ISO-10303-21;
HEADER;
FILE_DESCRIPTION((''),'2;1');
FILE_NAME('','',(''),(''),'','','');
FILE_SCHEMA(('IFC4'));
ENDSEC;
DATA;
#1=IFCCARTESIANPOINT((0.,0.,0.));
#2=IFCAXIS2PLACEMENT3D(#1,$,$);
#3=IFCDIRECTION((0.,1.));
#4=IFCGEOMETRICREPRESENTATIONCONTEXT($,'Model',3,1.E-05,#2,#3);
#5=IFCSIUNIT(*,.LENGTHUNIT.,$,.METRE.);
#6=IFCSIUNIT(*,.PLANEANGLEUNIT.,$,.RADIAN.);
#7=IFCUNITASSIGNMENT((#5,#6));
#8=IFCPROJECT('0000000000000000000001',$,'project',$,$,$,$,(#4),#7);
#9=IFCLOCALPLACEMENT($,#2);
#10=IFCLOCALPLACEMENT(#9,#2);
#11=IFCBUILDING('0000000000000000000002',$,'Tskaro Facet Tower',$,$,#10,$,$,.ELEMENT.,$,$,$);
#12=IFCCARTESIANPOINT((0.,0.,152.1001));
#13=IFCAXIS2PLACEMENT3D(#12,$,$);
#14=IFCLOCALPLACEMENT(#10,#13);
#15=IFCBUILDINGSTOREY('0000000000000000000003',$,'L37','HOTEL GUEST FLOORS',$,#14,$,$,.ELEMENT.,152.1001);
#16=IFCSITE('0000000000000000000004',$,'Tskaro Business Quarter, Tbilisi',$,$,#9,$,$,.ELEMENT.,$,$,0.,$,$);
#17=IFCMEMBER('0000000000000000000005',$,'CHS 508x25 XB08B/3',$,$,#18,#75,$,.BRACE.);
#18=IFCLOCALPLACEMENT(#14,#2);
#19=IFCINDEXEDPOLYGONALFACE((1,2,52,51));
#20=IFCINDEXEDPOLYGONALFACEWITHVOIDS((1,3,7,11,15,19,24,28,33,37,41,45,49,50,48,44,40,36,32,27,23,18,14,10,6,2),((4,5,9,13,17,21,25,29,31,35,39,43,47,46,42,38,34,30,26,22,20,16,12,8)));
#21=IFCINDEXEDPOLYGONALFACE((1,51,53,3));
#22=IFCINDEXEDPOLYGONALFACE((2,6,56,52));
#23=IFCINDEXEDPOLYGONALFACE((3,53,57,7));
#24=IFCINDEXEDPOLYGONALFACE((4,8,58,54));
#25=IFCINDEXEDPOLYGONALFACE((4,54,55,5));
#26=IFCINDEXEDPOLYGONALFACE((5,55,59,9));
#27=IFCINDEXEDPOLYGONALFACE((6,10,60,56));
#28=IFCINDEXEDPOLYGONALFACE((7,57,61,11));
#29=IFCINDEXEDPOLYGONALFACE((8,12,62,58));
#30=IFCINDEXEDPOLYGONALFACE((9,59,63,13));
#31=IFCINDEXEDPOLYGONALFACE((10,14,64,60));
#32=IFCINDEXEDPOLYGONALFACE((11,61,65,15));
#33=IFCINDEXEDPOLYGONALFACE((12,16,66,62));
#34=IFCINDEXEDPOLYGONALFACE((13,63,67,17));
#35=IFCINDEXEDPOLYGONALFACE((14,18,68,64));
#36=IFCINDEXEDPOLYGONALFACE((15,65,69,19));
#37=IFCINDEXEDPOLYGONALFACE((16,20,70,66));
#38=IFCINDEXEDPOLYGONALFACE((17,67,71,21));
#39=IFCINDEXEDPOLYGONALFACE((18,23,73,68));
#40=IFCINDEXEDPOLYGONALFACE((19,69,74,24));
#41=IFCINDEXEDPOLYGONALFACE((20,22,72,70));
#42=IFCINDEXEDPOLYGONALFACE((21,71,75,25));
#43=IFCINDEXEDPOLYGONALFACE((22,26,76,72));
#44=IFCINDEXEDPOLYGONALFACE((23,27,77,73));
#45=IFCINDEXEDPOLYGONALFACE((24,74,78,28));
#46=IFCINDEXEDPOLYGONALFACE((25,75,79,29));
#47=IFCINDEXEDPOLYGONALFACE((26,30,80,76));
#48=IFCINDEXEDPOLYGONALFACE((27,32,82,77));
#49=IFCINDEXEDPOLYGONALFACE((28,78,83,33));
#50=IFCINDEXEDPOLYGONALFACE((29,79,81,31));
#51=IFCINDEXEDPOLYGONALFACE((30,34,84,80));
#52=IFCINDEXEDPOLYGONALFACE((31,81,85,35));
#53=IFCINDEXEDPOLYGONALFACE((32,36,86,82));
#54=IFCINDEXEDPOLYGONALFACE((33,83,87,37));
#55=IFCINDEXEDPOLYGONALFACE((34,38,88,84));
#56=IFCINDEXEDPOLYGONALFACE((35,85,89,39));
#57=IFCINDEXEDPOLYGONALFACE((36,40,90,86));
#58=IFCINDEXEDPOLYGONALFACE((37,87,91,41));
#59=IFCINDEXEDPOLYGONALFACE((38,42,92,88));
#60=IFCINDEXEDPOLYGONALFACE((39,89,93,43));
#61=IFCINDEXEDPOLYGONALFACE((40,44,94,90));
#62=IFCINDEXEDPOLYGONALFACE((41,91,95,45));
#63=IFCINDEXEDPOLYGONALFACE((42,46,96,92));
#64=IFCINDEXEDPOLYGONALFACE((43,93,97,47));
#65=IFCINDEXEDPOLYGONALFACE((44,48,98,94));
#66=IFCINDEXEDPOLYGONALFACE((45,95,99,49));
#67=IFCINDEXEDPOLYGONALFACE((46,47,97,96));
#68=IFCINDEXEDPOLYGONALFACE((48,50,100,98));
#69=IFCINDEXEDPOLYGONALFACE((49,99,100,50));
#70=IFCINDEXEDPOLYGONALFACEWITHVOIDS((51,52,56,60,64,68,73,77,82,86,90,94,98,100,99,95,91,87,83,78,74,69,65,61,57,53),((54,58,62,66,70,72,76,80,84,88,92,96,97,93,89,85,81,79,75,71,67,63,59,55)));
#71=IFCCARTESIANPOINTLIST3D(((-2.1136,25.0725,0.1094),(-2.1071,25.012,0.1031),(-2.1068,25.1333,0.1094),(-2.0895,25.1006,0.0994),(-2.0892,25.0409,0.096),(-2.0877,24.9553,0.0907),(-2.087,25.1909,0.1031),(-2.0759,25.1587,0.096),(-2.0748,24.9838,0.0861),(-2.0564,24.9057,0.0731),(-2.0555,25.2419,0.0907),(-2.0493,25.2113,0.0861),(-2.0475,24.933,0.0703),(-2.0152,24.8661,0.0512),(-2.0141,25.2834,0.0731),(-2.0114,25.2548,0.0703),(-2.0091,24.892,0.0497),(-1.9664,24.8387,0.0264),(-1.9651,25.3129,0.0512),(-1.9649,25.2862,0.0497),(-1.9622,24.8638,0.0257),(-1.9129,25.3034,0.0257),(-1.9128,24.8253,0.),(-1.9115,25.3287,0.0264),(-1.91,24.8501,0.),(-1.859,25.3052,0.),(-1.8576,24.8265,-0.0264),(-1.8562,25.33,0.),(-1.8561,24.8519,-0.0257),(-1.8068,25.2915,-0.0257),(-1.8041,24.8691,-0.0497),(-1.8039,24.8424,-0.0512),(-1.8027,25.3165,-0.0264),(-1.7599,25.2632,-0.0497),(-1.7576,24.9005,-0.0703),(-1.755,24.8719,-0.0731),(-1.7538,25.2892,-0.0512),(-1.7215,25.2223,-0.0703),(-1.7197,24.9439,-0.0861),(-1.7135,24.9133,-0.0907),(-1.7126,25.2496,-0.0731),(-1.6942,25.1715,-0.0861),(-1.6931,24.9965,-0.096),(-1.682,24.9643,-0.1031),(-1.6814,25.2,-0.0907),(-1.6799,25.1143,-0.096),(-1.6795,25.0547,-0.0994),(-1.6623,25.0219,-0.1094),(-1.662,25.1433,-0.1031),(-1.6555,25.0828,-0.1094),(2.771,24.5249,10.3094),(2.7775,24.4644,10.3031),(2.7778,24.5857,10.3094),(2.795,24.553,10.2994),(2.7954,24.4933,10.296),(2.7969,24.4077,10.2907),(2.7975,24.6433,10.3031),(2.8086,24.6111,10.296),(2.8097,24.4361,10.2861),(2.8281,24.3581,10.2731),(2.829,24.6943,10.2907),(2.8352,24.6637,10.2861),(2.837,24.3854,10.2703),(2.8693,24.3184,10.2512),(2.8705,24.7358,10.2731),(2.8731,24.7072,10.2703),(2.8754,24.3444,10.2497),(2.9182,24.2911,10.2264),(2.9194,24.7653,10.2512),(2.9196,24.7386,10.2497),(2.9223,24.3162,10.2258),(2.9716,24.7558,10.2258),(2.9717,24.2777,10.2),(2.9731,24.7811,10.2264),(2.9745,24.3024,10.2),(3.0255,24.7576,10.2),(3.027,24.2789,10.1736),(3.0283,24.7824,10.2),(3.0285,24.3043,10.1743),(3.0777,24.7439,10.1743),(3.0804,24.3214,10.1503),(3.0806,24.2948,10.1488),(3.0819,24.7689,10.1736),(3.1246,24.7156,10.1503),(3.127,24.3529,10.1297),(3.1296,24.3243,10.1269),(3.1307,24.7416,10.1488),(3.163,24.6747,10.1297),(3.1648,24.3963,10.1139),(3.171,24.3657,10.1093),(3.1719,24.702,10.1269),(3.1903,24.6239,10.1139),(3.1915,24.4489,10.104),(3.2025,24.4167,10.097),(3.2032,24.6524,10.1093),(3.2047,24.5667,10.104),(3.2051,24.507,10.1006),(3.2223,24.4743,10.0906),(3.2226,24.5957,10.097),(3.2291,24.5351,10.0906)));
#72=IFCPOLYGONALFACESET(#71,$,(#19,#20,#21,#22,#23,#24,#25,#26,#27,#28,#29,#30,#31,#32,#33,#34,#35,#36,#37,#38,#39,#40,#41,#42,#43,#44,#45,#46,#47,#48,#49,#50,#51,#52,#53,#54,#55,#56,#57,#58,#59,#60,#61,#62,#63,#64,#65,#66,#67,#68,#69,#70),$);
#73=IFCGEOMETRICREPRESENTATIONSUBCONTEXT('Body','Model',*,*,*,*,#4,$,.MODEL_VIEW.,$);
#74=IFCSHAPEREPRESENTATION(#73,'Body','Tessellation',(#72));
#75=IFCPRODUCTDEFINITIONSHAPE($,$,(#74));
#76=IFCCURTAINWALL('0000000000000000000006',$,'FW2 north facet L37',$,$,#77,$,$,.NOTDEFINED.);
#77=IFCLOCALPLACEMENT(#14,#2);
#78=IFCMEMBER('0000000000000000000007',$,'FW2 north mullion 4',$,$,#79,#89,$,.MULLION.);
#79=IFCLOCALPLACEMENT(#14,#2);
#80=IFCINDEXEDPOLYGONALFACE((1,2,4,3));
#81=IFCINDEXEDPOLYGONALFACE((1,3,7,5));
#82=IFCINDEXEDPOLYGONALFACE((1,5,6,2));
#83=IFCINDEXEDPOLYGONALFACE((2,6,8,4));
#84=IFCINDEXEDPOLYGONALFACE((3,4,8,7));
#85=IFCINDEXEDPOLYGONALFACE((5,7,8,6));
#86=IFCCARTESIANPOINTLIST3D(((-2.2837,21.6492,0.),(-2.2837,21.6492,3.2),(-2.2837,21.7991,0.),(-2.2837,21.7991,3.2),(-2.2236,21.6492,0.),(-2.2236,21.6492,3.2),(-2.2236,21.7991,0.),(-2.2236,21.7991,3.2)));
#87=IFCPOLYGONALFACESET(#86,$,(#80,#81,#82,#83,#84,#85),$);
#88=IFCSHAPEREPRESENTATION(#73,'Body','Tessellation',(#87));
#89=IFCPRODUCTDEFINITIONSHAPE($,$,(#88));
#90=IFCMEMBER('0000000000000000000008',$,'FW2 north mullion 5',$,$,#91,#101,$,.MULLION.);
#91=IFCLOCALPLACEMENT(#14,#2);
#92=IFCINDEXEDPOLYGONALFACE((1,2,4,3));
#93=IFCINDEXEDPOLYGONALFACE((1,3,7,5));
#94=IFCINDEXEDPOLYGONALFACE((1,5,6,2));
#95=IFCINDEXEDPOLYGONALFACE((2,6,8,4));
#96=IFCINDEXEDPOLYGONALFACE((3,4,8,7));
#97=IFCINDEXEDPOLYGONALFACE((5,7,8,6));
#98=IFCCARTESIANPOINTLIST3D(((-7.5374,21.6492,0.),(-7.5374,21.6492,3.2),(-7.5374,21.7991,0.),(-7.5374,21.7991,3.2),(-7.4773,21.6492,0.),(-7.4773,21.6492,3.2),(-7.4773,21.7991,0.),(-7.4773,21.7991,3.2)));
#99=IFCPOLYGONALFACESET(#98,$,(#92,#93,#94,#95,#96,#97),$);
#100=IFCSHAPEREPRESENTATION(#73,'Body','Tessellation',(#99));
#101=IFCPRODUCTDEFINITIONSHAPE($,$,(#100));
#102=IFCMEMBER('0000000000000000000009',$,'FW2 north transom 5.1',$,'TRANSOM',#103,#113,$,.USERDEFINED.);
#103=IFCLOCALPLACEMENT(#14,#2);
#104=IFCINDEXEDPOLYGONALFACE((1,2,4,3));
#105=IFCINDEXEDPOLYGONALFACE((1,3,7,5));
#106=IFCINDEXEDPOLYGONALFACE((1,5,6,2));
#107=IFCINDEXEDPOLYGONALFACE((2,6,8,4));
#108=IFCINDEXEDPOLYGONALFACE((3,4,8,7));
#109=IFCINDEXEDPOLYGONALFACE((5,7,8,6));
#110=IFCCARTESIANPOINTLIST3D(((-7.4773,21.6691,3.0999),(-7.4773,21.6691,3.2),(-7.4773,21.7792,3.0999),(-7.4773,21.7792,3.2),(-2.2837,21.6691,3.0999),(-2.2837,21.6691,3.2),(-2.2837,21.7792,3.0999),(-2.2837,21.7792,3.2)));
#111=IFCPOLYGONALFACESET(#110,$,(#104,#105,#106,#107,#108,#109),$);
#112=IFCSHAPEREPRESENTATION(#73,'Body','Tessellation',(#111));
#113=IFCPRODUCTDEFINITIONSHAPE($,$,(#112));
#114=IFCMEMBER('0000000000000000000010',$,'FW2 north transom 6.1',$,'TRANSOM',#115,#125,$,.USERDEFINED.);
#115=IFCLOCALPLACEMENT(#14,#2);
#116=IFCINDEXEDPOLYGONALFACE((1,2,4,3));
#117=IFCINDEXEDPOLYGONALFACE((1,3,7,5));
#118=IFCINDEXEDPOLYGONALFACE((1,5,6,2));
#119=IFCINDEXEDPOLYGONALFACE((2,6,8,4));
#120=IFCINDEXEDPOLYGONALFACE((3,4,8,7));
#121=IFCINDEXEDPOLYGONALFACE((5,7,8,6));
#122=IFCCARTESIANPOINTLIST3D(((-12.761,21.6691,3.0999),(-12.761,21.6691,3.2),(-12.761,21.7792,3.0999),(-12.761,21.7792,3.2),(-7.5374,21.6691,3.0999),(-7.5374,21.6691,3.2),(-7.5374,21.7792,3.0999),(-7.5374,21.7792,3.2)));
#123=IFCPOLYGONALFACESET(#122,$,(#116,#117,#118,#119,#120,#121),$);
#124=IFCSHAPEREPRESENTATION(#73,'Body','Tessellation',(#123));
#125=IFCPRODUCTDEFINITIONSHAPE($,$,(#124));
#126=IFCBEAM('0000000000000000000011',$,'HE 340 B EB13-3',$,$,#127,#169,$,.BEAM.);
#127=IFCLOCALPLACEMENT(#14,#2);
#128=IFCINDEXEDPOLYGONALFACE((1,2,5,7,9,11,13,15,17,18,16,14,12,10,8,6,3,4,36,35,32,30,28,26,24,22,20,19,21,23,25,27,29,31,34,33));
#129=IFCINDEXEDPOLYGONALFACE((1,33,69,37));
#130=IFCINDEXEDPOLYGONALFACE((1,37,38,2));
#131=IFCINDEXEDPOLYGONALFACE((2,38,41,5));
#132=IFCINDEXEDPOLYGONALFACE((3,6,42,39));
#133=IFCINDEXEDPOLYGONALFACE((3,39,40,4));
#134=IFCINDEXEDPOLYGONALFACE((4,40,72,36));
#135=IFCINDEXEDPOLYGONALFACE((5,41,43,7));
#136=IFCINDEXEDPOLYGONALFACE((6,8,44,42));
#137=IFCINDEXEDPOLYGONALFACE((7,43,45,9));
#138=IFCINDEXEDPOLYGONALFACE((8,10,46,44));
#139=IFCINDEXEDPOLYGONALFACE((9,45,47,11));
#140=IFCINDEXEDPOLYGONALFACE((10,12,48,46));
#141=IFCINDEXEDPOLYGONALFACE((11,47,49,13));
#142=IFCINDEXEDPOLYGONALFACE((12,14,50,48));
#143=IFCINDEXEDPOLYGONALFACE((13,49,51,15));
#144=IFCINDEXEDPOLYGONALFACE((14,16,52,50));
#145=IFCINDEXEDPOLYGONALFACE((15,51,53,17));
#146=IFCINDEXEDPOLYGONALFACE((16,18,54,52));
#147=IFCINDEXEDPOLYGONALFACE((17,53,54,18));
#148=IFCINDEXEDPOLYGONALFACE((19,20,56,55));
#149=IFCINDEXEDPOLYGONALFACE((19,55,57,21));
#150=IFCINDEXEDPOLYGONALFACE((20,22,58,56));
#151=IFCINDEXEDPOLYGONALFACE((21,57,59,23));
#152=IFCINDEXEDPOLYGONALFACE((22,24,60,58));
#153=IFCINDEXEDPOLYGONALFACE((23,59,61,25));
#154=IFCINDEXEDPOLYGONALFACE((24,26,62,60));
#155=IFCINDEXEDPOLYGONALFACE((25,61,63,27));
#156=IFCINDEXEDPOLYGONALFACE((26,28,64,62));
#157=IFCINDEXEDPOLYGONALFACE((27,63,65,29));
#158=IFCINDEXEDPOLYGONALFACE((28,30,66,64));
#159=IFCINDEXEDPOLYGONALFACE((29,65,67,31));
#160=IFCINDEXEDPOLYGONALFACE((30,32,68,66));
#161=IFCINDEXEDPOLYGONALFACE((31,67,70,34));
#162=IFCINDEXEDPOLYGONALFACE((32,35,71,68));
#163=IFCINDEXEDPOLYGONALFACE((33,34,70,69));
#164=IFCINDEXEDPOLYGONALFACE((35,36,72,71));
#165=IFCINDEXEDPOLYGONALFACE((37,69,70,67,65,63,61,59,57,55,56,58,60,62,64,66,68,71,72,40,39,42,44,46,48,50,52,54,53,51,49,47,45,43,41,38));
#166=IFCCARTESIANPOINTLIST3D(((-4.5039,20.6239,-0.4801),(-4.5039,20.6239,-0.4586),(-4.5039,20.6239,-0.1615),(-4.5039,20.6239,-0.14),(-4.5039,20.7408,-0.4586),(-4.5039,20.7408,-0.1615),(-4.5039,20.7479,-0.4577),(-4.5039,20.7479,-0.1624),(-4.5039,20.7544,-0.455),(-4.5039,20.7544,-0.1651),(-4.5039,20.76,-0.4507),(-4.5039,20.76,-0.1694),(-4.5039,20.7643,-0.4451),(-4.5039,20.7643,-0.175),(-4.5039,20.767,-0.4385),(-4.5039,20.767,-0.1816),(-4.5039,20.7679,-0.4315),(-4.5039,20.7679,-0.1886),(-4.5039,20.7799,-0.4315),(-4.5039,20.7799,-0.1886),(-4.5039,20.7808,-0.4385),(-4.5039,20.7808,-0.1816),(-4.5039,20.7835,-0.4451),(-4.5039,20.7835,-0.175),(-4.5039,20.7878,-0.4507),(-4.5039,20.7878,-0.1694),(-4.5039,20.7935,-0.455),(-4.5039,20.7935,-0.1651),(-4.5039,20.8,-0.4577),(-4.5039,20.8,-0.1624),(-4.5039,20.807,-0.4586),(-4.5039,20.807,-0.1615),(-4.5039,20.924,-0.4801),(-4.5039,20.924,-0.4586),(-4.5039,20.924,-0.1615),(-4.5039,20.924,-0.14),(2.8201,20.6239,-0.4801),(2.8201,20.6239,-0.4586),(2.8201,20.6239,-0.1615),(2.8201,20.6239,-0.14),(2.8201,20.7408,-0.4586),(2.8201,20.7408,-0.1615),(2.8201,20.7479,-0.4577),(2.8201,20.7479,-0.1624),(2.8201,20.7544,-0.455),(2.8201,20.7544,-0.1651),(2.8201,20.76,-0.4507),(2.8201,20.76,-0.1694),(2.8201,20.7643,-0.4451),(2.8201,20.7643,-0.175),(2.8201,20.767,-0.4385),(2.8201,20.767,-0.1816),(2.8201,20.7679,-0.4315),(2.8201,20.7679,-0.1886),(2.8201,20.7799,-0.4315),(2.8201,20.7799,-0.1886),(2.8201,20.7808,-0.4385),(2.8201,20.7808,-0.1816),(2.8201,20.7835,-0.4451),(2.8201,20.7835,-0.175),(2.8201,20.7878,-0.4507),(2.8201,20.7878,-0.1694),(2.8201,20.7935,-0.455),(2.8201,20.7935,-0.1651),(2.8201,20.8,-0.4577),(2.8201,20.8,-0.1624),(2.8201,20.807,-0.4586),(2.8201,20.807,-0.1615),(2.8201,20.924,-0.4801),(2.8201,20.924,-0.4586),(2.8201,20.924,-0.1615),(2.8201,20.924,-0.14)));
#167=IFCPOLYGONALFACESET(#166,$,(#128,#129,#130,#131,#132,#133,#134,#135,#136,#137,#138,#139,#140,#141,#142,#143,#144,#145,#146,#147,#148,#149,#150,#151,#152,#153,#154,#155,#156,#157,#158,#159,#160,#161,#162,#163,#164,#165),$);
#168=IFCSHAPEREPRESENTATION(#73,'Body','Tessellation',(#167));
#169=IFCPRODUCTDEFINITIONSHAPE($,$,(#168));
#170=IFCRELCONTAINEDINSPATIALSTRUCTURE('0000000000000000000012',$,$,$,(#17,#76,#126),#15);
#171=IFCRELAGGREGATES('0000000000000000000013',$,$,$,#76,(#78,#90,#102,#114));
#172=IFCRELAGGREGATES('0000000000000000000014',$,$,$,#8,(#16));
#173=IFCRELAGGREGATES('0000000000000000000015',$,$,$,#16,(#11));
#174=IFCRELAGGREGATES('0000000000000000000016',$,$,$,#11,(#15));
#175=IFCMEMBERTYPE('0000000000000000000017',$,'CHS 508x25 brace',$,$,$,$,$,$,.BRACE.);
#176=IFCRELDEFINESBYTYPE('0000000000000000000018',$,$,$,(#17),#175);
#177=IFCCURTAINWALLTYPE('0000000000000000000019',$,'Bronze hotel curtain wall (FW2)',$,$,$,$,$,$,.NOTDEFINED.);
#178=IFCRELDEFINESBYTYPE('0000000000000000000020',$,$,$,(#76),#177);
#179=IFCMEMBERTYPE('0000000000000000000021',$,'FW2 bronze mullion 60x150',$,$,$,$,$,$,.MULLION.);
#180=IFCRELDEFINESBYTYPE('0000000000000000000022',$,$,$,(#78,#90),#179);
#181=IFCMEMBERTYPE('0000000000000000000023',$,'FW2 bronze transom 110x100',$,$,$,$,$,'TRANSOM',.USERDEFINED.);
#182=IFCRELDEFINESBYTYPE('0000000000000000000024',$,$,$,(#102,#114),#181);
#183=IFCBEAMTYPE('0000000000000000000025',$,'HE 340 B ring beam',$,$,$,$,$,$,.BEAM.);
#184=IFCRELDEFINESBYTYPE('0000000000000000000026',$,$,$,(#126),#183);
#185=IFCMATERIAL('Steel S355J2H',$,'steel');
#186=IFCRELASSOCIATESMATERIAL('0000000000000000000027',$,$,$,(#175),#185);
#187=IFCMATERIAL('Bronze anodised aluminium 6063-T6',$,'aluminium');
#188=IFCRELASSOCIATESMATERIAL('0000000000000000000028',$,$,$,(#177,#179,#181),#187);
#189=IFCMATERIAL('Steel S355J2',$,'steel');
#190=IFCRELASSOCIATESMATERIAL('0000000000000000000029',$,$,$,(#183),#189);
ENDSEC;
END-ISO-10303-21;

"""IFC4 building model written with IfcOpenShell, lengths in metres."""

from ifc_helpers import new_model, si_unit, direction, frame, origin, origin_2d, place, context, subcontext, project, spatial, rectangle, hollow_circle, i_section, extrude, material, material_profile, profile_set, type_object, element, aggregate, save


model = new_model("IFC4")

# Units and contexts
model_context = context("Model", 3, precision=1e-05, world=origin(), true_north=direction((0.0, 1.0)))
body_context = subcontext(model_context, "Body", "Model", "MODEL_VIEW")
ifc_project = project(units=[si_unit("LENGTHUNIT", "METRE"), si_unit("PLANEANGLEUNIT", "RADIAN")], contexts=[model_context])

# Site, building, storey
site_placement = place(None, origin())
site = spatial("IfcSite", under=ifc_project, at=site_placement, Name="Tskaro Business Quarter, Tbilisi", CompositionType="ELEMENT", RefElevation=0.0)
building_placement = place(site_placement, origin())
building = spatial("IfcBuilding", under=site, at=building_placement, Name="Tskaro Facet Tower", CompositionType="ELEMENT")
storey_placement = place(building_placement, frame((0.0, 0.0, 152.1001)))
storey = spatial("IfcBuildingStorey", under=building, at=storey_placement, Name="L37", Description="HOTEL GUEST FLOORS", CompositionType="ELEMENT", Elevation=152.1001)

# Shared definitions
ifc_material_1 = material(Name="Steel S355J2H", Category="steel")

# Member
ifc_material_profile_1 = material_profile(ifc_material_1, hollow_circle(Radius=0.2539, WallThickness=0.0249, at=origin_2d()), Name="CHS 508x25")
ifc_profile_set_1 = profile_set([ifc_material_profile_1], Name="Steel S355J2H")
member_type_1 = type_object("IfcMemberType", Name="CHS 508x25 brace", PredefinedType="BRACE", material=ifc_profile_set_1)
member_1_placement = place(storey_placement, frame((-1.8845, 25.0776, 0.0), z_axis=(0.431402, -0.048365, 0.900862), x_axis=(0.111413, 0.993774, 0.0)))
element("IfcMember", 1, at=member_1_placement, inside=storey, type_object=member_type_1, Name="CHS 508x25 XB08B/3", PredefinedType="BRACE", context=body_context, shape_type="SweptSolid", body=[
    extrude(hollow_circle(Radius=0.2539, WallThickness=0.0249, at=origin_2d()), origin(), (0.0, 0.0, 1.0), 11.3225),
])

# Curtain wall, members
ifc_material_2 = material(Name="Bronze anodised aluminium 6063-T6", Category="aluminium")
curtain_wall_type = type_object("IfcCurtainWallType", Name="Bronze hotel curtain wall (FW2)", PredefinedType="NOTDEFINED", material=ifc_material_2)
curtain_wall_placement = place(storey_placement, origin())
curtain_wall = element("IfcCurtainWall", 2, at=curtain_wall_placement, inside=storey, type_object=curtain_wall_type, Name="FW2 north facet L37", PredefinedType="NOTDEFINED")
ifc_material_profile_2 = material_profile(ifc_material_2, rectangle(XDim=0.0601, YDim=0.1499, at=origin_2d()), Name="Mullion 60x150")
ifc_profile_set_2 = profile_set([ifc_material_profile_2], Name="Bronze anodised aluminium 6063-T6")
member_type_2 = type_object("IfcMemberType", Name="FW2 bronze mullion 60x150", PredefinedType="MULLION", material=ifc_profile_set_2)
member_2_placement = place(storey_placement, frame((-2.2537, 21.7241, 0.0), z_axis=(0.0, 0.0, 1.0), x_axis=(-1.0, 0.0, 0.0)))
member_2 = element("IfcMember", 3, at=member_2_placement, type_object=member_type_2, Name="FW2 north mullion 4", PredefinedType="MULLION", context=body_context, shape_type="SweptSolid", body=[
    extrude(rectangle(XDim=0.0601, YDim=0.1499, at=origin_2d()), origin(), (0.0, 0.0, 1.0), 3.2),
])
member_3_placement = place(storey_placement, frame((-7.5073, 21.7241, 0.0), z_axis=(0.0, 0.0, 1.0), x_axis=(-1.0, 0.0, 0.0)))
member_3 = element("IfcMember", 4, at=member_3_placement, type_object=member_type_2, Name="FW2 north mullion 5", PredefinedType="MULLION", context=body_context, shape_type="SweptSolid", body=[
    extrude(rectangle(XDim=0.0601, YDim=0.1499, at=origin_2d()), origin(), (0.0, 0.0, 1.0), 3.2),
])
ifc_material_profile_3 = material_profile(ifc_material_2, rectangle(XDim=0.1101, YDim=0.1001, at=origin_2d()), Name="Transom 110x100")
ifc_profile_set_3 = profile_set([ifc_material_profile_3], Name="Bronze anodised aluminium 6063-T6")
member_type_3 = type_object("IfcMemberType", Name="FW2 bronze transom 110x100", ElementType="TRANSOM", PredefinedType="USERDEFINED", material=ifc_profile_set_3)
member_4_placement = place(storey_placement, frame((-2.2837, 21.7241, 3.1499), z_axis=(-1.0, 0.0, 0.0), x_axis=(0.0, -1.0, 0.0)))
member_4 = element("IfcMember", 5, at=member_4_placement, type_object=member_type_3, Name="FW2 north transom 5.1", ObjectType="TRANSOM", PredefinedType="USERDEFINED", context=body_context, shape_type="SweptSolid", body=[
    extrude(rectangle(XDim=0.1101, YDim=0.1001, at=origin_2d()), origin(), (0.0, 0.0, 1.0), 5.1936),
])
member_5_placement = place(storey_placement, frame((-7.5374, 21.7241, 3.1499), z_axis=(-1.0, 0.0, 0.0), x_axis=(0.0, -1.0, 0.0)))
member_5 = element("IfcMember", 6, at=member_5_placement, type_object=member_type_3, Name="FW2 north transom 6.1", ObjectType="TRANSOM", PredefinedType="USERDEFINED", context=body_context, shape_type="SweptSolid", body=[
    extrude(rectangle(XDim=0.1101, YDim=0.1001, at=origin_2d()), origin(), (0.0, 0.0, 1.0), 5.2236),
])

# Beam
ifc_material_3 = material(Name="Steel S355J2", Category="steel")
ifc_material_profile_4 = material_profile(ifc_material_3, i_section(OverallWidth=0.3, OverallDepth=0.3401, WebThickness=0.012, FlangeThickness=0.0215, FilletRadius=0.0271, at=origin_2d()), Name="HE 340 B")
ifc_profile_set_4 = profile_set([ifc_material_profile_4], Name="Steel S355J2")
beam_type_1 = type_object("IfcBeamType", Name="HE 340 B ring beam", PredefinedType="BEAM", material=ifc_profile_set_4)
for number, where, z_axis, x_axis, name in (
    (7, (2.8201, 20.7739, -0.3101), (-1.0, 0.0, 0.0), (0.0, -1.0, 0.0), "HE 340 B EB13-3"),
):
    element("IfcBeam", number, at=place(storey_placement, frame(where, z_axis=z_axis, x_axis=x_axis)), inside=storey, type_object=beam_type_1, Name=name, PredefinedType="BEAM", context=body_context, shape_type="SweptSolid", body=[
        extrude(i_section(OverallWidth=0.3, OverallDepth=0.3401, WebThickness=0.012, FlangeThickness=0.0215, FilletRadius=0.0271, at=origin_2d()), origin(), (0.0, 0.0, 1.0), 7.324),
    ])

aggregate(curtain_wall, [member_2, member_3, member_4, member_5])

save(model, "model.ifc")
